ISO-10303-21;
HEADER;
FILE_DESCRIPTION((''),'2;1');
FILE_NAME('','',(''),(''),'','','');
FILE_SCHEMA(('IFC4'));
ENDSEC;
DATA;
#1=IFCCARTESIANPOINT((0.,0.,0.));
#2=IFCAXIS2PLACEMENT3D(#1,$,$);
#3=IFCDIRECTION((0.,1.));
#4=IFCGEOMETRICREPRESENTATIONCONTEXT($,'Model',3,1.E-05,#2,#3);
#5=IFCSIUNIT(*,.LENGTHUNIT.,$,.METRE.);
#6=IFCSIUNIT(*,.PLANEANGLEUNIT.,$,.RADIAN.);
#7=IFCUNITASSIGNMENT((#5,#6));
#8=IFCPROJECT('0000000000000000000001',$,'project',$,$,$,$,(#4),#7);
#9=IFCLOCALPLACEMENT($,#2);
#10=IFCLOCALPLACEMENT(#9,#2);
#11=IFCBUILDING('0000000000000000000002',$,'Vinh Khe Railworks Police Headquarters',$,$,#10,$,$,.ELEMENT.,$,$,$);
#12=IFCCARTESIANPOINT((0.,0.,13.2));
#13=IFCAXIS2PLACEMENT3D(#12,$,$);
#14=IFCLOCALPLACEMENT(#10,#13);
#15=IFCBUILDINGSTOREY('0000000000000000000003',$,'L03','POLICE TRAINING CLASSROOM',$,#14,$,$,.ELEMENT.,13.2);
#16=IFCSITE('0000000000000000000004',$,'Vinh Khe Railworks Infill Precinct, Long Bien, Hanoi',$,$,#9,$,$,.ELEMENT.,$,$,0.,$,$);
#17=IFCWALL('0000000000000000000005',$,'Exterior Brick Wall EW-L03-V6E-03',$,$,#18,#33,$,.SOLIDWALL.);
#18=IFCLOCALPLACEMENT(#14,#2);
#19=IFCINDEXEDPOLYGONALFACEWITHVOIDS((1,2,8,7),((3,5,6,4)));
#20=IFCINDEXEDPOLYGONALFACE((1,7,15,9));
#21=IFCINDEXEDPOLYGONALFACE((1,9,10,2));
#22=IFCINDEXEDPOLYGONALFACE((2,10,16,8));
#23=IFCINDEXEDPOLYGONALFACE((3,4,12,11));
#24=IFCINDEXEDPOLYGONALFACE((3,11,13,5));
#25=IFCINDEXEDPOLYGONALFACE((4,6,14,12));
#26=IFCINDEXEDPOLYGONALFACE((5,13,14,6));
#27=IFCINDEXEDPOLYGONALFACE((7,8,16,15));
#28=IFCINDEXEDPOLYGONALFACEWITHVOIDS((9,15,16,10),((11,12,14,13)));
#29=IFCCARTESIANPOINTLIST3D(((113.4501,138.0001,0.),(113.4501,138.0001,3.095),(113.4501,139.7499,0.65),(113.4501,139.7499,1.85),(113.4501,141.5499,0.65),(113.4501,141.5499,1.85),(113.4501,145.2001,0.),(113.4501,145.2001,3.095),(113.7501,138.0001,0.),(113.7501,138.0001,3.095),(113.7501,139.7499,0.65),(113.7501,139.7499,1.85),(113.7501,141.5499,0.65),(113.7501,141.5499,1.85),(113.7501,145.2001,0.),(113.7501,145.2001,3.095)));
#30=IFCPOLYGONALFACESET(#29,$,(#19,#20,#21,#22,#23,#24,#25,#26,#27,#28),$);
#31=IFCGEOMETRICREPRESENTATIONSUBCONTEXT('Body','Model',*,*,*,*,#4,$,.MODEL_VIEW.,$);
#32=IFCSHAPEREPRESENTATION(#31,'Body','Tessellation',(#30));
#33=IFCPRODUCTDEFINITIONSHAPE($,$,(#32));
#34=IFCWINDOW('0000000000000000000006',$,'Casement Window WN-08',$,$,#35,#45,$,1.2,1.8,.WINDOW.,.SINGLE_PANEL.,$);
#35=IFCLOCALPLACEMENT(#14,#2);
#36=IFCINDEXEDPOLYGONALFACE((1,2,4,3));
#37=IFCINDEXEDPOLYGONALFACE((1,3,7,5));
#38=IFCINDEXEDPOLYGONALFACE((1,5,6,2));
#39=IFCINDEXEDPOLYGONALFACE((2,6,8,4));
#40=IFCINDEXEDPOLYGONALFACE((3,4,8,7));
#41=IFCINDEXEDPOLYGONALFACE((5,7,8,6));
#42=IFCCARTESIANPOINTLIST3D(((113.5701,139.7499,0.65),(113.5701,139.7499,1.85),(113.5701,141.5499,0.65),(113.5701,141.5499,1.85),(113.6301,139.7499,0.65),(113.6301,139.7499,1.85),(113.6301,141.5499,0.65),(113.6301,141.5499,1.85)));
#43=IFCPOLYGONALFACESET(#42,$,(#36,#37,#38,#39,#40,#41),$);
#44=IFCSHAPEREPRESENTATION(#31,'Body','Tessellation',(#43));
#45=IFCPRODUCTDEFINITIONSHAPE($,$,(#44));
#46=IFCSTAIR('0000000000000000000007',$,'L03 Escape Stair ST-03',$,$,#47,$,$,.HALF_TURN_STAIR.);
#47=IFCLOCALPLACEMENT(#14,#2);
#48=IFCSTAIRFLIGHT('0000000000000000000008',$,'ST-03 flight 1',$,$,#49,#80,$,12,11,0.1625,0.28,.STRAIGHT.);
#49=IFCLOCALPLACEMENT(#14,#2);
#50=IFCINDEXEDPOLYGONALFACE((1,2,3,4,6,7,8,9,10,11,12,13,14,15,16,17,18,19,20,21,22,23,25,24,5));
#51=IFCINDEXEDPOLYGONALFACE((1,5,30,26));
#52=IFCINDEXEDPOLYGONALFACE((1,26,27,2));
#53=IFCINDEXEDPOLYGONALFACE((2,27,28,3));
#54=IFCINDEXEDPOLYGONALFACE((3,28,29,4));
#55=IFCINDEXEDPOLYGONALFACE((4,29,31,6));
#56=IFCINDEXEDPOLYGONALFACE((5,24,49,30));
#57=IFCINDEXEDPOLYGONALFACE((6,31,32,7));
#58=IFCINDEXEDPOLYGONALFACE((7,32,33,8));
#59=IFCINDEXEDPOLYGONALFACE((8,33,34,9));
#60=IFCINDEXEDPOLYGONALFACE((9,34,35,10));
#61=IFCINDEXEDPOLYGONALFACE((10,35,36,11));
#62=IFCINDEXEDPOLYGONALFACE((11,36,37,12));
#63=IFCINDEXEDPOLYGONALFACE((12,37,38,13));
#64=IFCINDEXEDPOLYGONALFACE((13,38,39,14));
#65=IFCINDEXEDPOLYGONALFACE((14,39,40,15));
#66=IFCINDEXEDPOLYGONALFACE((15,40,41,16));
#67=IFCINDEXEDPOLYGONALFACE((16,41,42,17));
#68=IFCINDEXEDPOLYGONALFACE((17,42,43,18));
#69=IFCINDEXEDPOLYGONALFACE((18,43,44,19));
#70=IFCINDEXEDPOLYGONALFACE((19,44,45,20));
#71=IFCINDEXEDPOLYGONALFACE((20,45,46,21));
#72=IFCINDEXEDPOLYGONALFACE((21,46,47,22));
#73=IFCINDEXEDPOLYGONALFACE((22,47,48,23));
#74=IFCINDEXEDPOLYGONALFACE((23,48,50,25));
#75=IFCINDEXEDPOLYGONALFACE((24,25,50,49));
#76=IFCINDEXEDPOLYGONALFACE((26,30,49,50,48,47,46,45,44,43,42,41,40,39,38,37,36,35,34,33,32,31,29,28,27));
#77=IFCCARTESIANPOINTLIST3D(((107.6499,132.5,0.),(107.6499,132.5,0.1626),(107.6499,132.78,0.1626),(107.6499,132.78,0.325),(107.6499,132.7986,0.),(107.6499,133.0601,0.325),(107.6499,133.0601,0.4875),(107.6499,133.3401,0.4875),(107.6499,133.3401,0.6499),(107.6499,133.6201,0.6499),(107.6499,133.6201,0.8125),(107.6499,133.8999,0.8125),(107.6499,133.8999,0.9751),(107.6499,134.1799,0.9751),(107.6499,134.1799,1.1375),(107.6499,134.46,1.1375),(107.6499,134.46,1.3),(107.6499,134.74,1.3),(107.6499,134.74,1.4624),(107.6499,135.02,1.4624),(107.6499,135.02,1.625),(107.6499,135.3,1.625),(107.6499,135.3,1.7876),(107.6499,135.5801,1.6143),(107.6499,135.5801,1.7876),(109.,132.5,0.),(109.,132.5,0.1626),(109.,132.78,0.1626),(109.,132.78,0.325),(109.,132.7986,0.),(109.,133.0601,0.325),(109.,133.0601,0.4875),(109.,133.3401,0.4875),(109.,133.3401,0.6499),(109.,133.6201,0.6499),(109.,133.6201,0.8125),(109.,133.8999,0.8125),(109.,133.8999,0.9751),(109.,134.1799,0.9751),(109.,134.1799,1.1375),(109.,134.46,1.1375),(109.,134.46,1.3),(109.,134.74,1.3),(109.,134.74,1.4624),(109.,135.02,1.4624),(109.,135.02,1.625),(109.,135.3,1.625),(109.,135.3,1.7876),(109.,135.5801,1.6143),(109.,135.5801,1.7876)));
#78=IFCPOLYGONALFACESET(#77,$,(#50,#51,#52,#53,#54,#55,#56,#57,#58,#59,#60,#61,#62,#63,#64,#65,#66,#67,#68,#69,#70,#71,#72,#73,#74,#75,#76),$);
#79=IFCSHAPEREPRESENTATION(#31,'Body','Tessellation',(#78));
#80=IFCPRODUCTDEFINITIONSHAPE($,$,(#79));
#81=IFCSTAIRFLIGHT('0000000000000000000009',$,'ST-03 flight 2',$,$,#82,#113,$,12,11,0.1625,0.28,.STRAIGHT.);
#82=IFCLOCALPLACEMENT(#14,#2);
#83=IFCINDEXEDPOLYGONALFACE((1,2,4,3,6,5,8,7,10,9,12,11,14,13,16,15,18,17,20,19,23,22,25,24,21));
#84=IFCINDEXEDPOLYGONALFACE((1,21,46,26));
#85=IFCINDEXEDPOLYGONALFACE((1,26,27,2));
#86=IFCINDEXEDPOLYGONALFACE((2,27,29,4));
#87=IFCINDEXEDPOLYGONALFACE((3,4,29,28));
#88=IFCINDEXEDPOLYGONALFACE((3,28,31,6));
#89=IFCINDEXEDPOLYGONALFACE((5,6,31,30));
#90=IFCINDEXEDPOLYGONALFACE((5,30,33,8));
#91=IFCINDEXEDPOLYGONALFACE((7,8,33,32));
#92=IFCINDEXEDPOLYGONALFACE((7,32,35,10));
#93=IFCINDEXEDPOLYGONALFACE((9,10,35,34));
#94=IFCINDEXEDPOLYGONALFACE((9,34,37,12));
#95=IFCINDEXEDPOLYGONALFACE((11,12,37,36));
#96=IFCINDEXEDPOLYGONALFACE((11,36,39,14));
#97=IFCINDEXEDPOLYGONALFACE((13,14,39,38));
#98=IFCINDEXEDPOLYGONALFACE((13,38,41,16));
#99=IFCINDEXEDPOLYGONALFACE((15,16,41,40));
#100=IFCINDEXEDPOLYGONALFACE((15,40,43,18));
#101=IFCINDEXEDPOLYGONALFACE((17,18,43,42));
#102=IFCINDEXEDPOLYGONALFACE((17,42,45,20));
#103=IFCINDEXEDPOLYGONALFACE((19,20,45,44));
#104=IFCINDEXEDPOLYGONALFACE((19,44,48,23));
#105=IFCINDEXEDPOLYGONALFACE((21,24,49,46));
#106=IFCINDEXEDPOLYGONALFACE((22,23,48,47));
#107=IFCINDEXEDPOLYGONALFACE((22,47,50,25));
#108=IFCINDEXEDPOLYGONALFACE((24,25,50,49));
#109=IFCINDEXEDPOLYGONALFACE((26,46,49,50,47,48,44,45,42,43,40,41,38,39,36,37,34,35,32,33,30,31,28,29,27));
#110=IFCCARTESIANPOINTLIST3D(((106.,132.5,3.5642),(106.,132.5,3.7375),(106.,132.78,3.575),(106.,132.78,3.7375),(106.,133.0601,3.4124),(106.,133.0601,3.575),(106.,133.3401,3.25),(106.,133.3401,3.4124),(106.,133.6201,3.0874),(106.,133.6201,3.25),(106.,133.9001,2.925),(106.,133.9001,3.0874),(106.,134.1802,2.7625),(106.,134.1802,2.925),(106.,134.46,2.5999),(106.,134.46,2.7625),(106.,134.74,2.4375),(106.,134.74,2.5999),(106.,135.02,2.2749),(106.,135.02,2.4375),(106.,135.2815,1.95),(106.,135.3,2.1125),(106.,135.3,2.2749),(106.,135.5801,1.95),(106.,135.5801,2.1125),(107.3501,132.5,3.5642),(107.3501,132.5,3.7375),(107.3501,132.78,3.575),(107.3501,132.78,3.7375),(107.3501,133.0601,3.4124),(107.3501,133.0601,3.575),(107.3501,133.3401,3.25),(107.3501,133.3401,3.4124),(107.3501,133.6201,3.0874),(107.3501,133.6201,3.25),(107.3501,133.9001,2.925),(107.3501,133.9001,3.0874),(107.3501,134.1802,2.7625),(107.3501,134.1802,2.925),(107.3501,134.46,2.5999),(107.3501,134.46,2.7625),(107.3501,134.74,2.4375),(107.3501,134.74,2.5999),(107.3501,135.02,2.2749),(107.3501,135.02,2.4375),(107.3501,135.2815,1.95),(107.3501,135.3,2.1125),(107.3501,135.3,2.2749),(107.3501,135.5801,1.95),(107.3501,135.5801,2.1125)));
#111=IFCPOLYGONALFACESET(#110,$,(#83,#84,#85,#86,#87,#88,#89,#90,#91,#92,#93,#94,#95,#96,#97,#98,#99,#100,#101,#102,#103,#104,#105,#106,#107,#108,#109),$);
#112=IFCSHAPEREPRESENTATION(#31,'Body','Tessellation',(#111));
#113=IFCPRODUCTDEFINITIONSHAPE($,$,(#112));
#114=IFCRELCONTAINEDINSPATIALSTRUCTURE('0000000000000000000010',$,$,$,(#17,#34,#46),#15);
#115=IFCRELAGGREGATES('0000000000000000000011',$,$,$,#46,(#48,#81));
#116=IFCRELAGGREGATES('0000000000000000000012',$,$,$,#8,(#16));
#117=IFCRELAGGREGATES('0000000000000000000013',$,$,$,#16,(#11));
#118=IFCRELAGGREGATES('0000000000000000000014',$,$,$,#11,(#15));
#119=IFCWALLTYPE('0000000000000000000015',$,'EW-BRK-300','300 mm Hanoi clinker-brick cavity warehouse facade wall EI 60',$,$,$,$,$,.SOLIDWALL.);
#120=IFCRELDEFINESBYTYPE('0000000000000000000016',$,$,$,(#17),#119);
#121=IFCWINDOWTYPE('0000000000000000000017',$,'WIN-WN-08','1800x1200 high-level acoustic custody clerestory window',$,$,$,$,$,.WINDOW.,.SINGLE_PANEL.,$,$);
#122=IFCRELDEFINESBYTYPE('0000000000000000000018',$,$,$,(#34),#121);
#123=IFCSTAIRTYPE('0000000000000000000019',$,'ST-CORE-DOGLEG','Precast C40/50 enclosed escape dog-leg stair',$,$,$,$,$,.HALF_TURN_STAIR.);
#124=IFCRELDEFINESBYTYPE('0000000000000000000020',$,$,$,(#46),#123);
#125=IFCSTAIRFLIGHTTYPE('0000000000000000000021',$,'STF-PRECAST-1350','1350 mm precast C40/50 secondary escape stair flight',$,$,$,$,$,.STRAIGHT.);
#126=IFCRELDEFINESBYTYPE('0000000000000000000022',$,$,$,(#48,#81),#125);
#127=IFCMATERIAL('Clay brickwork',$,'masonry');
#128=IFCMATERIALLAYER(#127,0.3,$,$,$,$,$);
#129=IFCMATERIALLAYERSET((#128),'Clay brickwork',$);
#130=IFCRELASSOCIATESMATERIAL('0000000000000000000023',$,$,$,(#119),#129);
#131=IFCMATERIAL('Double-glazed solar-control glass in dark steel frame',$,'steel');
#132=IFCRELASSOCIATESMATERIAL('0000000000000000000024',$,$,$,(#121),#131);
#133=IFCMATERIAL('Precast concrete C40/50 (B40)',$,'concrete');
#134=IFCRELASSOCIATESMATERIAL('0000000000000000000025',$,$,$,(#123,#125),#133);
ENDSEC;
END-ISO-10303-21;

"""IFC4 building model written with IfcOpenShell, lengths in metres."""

from ifc_helpers import new_model, si_unit, direction, frame, frame_2d, origin, place, context, subcontext, project, spatial, polyline, rectangle, outline, extrude, material, layer, layer_set, type_object, element, fill, aggregate, save


model = new_model("IFC4")

# Units and contexts
model_context = context("Model", 3, precision=1e-05, world=origin(), true_north=direction((0.0, 1.0)))
body_context = subcontext(model_context, "Body", "Model", "MODEL_VIEW")
ifc_project = project(units=[si_unit("LENGTHUNIT", "METRE"), si_unit("PLANEANGLEUNIT", "RADIAN")], contexts=[model_context])

# Site, building, storey
site_placement = place(None, origin())
site = spatial("IfcSite", under=ifc_project, at=site_placement, Name="Vinh Khe Railworks Infill Precinct, Long Bien, Hanoi", CompositionType="ELEMENT", RefElevation=0.0)
building_placement = place(site_placement, origin())
building = spatial("IfcBuilding", under=site, at=building_placement, Name="Vinh Khe Railworks Police Headquarters", CompositionType="ELEMENT")
storey_placement = place(building_placement, frame((0.0, 0.0, 13.2)))
storey = spatial("IfcBuildingStorey", under=building, at=storey_placement, Name="L03", Description="POLICE TRAINING CLASSROOM", CompositionType="ELEMENT", Elevation=13.2)

# Wall, opening, window
ifc_material_1 = material(Name="Clay brickwork", Category="masonry")
ifc_layer_1 = layer(ifc_material_1, 0.3)
ifc_layer_set_1 = layer_set([ifc_layer_1], Name="Clay brickwork")
wall_type_1 = type_object("IfcWallType", Name="EW-BRK-300", Description="300 mm Hanoi clinker-brick cavity warehouse facade wall EI 60", PredefinedType="SOLIDWALL", material=ifc_layer_set_1)
wall_1_placement = place(storey_placement, frame((113.6001, 138.0, 0.0), z_axis=(0.0, 0.0, 1.0), x_axis=(0.0, 1.0, 0.0)))
wall_1 = element("IfcWall", 1, at=wall_1_placement, inside=storey, type_object=wall_type_1, Name="Exterior Brick Wall EW-L03-V6E-03", PredefinedType="SOLIDWALL", context=body_context, shape_type="SweptSolid", body=[
    extrude(rectangle(XDim=7.2, YDim=0.3, at=frame_2d((3.6001, 0.0))), origin(), (0.0, 0.0, 1.0), 3.095),
])
opening_placement = place(wall_1_placement, frame((1.75, 0.0, 0.6499)))
opening = element("IfcOpeningElement", 2, at=opening_placement, cuts=wall_1, PredefinedType="OPENING", context=body_context, shape_type="SweptSolid", body=[
    extrude(rectangle(XDim=1.8, YDim=1.2, at=frame_2d((0.8999, 0.6001))), frame((0.0, 0.165, 0.0), z_axis=(0.0, -1.0, 0.0), x_axis=(1.0, 0.0, 0.0)), (0.0, 0.0, 1.0), 0.3298),
])
ifc_material_2 = material(Name="Double-glazed solar-control glass in dark steel frame", Category="steel")
window_type = type_object("IfcWindowType", Name="WIN-WN-08", Description="1800x1200 high-level acoustic custody clerestory window", PartitioningType="SINGLE_PANEL", PredefinedType="WINDOW", material=ifc_material_2)
window_placement = place(opening_placement, origin())
window = element("IfcWindow", 3, at=window_placement, inside=storey, type_object=window_type, Name="Casement Window WN-08", OverallHeight=1.2, OverallWidth=1.8, PartitioningType="SINGLE_PANEL", PredefinedType="WINDOW", context=body_context, shape_type="SweptSolid", body=[
    extrude(rectangle(XDim=1.8, YDim=1.2, at=frame_2d((0.8999, 0.6001))), frame((0.0, 0.03, 0.0), z_axis=(0.0, -1.0, 0.0), x_axis=(1.0, 0.0, 0.0)), (0.0, 0.0, 1.0), 0.0601),
])
fill(opening, window)

# Stair, stair flights
ifc_material_3 = material(Name="Precast concrete C40/50 (B40)", Category="concrete")
stair_type = type_object("IfcStairType", Name="ST-CORE-DOGLEG", Description="Precast C40/50 enclosed escape dog-leg stair", PredefinedType="HALF_TURN_STAIR", material=ifc_material_3)
stair_placement = place(storey_placement, origin())
stair = element("IfcStair", 4, at=stair_placement, inside=storey, type_object=stair_type, Name="L03 Escape Stair ST-03", PredefinedType="HALF_TURN_STAIR")
stair_flight_type = type_object("IfcStairFlightType", Name="STF-PRECAST-1350", Description="1350 mm precast C40/50 secondary escape stair flight", PredefinedType="STRAIGHT", material=ifc_material_3)
stair_flight_1_placement = place(storey_placement, frame((108.325, 132.5, 0.0), z_axis=(0.0, 0.0, 1.0), x_axis=(0.0, 1.0, 0.0)))
stair_flight_1 = element("IfcStairFlight", 5, at=stair_flight_1_placement, type_object=stair_flight_type, Name="ST-03 flight 1", NumberOfRisers=12, NumberOfTreads=11, PredefinedType="STRAIGHT", RiserHeight=0.1625, TreadLength=0.28, context=body_context, shape_type="SweptSolid", body=[
    extrude(outline(polyline([(0.0, 0.0), (0.0, 0.1626), (0.28, 0.1626), (0.28, 0.325), (0.5601, 0.325), (0.5601, 0.4875), (0.8401, 0.4875), (0.8401, 0.6499), (1.1201, 0.6499), (1.1201, 0.8125), (1.3999, 0.8125), (1.3999, 0.9751), (1.6799, 0.9751), (1.6799, 1.1375), (1.96, 1.1375), (1.96, 1.3), (2.24, 1.3), (2.24, 1.4624), (2.52, 1.4624), (2.52, 1.625), (2.8, 1.625), (2.8, 1.7876), (3.0801, 1.7876), (3.0801, 1.95), (3.0801, 1.6143), (0.2986, 0.0), (0.0, 0.0)])), frame((0.0, 0.675, 0.0), z_axis=(0.0, -1.0, 0.0), x_axis=(1.0, 0.0, 0.0)), (0.0, 0.0, 1.0), 1.3501),
])
stair_flight_2_placement = place(storey_placement, frame((106.675, 135.5801, 1.95), z_axis=(0.0, 0.0, 1.0), x_axis=(0.0, -1.0, 0.0)))
stair_flight_2 = element("IfcStairFlight", 6, at=stair_flight_2_placement, type_object=stair_flight_type, Name="ST-03 flight 2", NumberOfRisers=12, NumberOfTreads=11, PredefinedType="STRAIGHT", RiserHeight=0.1625, TreadLength=0.28, context=body_context, shape_type="SweptSolid", body=[
    extrude(outline(polyline([(0.0, 0.0), (0.0, 0.1626), (0.28, 0.1626), (0.28, 0.325), (0.5601, 0.325), (0.5601, 0.4875), (0.8401, 0.4875), (0.8401, 0.6499), (1.1201, 0.6499), (1.1201, 0.8125), (1.3999, 0.8125), (1.3999, 0.9751), (1.6799, 0.9751), (1.6799, 1.1375), (1.96, 1.1375), (1.96, 1.3), (2.24, 1.3), (2.24, 1.4624), (2.52, 1.4624), (2.52, 1.625), (2.8, 1.625), (2.8, 1.7876), (3.0801, 1.7876), (3.0801, 1.95), (3.0801, 1.6143), (0.2986, 0.0), (0.0, 0.0)])), frame((0.0, 0.675, 0.0), z_axis=(0.0, -1.0, 0.0), x_axis=(1.0, 0.0, 0.0)), (0.0, 0.0, 1.0), 1.3501),
])
aggregate(stair, [stair_flight_1, stair_flight_2])

save(model, "model.ifc")
